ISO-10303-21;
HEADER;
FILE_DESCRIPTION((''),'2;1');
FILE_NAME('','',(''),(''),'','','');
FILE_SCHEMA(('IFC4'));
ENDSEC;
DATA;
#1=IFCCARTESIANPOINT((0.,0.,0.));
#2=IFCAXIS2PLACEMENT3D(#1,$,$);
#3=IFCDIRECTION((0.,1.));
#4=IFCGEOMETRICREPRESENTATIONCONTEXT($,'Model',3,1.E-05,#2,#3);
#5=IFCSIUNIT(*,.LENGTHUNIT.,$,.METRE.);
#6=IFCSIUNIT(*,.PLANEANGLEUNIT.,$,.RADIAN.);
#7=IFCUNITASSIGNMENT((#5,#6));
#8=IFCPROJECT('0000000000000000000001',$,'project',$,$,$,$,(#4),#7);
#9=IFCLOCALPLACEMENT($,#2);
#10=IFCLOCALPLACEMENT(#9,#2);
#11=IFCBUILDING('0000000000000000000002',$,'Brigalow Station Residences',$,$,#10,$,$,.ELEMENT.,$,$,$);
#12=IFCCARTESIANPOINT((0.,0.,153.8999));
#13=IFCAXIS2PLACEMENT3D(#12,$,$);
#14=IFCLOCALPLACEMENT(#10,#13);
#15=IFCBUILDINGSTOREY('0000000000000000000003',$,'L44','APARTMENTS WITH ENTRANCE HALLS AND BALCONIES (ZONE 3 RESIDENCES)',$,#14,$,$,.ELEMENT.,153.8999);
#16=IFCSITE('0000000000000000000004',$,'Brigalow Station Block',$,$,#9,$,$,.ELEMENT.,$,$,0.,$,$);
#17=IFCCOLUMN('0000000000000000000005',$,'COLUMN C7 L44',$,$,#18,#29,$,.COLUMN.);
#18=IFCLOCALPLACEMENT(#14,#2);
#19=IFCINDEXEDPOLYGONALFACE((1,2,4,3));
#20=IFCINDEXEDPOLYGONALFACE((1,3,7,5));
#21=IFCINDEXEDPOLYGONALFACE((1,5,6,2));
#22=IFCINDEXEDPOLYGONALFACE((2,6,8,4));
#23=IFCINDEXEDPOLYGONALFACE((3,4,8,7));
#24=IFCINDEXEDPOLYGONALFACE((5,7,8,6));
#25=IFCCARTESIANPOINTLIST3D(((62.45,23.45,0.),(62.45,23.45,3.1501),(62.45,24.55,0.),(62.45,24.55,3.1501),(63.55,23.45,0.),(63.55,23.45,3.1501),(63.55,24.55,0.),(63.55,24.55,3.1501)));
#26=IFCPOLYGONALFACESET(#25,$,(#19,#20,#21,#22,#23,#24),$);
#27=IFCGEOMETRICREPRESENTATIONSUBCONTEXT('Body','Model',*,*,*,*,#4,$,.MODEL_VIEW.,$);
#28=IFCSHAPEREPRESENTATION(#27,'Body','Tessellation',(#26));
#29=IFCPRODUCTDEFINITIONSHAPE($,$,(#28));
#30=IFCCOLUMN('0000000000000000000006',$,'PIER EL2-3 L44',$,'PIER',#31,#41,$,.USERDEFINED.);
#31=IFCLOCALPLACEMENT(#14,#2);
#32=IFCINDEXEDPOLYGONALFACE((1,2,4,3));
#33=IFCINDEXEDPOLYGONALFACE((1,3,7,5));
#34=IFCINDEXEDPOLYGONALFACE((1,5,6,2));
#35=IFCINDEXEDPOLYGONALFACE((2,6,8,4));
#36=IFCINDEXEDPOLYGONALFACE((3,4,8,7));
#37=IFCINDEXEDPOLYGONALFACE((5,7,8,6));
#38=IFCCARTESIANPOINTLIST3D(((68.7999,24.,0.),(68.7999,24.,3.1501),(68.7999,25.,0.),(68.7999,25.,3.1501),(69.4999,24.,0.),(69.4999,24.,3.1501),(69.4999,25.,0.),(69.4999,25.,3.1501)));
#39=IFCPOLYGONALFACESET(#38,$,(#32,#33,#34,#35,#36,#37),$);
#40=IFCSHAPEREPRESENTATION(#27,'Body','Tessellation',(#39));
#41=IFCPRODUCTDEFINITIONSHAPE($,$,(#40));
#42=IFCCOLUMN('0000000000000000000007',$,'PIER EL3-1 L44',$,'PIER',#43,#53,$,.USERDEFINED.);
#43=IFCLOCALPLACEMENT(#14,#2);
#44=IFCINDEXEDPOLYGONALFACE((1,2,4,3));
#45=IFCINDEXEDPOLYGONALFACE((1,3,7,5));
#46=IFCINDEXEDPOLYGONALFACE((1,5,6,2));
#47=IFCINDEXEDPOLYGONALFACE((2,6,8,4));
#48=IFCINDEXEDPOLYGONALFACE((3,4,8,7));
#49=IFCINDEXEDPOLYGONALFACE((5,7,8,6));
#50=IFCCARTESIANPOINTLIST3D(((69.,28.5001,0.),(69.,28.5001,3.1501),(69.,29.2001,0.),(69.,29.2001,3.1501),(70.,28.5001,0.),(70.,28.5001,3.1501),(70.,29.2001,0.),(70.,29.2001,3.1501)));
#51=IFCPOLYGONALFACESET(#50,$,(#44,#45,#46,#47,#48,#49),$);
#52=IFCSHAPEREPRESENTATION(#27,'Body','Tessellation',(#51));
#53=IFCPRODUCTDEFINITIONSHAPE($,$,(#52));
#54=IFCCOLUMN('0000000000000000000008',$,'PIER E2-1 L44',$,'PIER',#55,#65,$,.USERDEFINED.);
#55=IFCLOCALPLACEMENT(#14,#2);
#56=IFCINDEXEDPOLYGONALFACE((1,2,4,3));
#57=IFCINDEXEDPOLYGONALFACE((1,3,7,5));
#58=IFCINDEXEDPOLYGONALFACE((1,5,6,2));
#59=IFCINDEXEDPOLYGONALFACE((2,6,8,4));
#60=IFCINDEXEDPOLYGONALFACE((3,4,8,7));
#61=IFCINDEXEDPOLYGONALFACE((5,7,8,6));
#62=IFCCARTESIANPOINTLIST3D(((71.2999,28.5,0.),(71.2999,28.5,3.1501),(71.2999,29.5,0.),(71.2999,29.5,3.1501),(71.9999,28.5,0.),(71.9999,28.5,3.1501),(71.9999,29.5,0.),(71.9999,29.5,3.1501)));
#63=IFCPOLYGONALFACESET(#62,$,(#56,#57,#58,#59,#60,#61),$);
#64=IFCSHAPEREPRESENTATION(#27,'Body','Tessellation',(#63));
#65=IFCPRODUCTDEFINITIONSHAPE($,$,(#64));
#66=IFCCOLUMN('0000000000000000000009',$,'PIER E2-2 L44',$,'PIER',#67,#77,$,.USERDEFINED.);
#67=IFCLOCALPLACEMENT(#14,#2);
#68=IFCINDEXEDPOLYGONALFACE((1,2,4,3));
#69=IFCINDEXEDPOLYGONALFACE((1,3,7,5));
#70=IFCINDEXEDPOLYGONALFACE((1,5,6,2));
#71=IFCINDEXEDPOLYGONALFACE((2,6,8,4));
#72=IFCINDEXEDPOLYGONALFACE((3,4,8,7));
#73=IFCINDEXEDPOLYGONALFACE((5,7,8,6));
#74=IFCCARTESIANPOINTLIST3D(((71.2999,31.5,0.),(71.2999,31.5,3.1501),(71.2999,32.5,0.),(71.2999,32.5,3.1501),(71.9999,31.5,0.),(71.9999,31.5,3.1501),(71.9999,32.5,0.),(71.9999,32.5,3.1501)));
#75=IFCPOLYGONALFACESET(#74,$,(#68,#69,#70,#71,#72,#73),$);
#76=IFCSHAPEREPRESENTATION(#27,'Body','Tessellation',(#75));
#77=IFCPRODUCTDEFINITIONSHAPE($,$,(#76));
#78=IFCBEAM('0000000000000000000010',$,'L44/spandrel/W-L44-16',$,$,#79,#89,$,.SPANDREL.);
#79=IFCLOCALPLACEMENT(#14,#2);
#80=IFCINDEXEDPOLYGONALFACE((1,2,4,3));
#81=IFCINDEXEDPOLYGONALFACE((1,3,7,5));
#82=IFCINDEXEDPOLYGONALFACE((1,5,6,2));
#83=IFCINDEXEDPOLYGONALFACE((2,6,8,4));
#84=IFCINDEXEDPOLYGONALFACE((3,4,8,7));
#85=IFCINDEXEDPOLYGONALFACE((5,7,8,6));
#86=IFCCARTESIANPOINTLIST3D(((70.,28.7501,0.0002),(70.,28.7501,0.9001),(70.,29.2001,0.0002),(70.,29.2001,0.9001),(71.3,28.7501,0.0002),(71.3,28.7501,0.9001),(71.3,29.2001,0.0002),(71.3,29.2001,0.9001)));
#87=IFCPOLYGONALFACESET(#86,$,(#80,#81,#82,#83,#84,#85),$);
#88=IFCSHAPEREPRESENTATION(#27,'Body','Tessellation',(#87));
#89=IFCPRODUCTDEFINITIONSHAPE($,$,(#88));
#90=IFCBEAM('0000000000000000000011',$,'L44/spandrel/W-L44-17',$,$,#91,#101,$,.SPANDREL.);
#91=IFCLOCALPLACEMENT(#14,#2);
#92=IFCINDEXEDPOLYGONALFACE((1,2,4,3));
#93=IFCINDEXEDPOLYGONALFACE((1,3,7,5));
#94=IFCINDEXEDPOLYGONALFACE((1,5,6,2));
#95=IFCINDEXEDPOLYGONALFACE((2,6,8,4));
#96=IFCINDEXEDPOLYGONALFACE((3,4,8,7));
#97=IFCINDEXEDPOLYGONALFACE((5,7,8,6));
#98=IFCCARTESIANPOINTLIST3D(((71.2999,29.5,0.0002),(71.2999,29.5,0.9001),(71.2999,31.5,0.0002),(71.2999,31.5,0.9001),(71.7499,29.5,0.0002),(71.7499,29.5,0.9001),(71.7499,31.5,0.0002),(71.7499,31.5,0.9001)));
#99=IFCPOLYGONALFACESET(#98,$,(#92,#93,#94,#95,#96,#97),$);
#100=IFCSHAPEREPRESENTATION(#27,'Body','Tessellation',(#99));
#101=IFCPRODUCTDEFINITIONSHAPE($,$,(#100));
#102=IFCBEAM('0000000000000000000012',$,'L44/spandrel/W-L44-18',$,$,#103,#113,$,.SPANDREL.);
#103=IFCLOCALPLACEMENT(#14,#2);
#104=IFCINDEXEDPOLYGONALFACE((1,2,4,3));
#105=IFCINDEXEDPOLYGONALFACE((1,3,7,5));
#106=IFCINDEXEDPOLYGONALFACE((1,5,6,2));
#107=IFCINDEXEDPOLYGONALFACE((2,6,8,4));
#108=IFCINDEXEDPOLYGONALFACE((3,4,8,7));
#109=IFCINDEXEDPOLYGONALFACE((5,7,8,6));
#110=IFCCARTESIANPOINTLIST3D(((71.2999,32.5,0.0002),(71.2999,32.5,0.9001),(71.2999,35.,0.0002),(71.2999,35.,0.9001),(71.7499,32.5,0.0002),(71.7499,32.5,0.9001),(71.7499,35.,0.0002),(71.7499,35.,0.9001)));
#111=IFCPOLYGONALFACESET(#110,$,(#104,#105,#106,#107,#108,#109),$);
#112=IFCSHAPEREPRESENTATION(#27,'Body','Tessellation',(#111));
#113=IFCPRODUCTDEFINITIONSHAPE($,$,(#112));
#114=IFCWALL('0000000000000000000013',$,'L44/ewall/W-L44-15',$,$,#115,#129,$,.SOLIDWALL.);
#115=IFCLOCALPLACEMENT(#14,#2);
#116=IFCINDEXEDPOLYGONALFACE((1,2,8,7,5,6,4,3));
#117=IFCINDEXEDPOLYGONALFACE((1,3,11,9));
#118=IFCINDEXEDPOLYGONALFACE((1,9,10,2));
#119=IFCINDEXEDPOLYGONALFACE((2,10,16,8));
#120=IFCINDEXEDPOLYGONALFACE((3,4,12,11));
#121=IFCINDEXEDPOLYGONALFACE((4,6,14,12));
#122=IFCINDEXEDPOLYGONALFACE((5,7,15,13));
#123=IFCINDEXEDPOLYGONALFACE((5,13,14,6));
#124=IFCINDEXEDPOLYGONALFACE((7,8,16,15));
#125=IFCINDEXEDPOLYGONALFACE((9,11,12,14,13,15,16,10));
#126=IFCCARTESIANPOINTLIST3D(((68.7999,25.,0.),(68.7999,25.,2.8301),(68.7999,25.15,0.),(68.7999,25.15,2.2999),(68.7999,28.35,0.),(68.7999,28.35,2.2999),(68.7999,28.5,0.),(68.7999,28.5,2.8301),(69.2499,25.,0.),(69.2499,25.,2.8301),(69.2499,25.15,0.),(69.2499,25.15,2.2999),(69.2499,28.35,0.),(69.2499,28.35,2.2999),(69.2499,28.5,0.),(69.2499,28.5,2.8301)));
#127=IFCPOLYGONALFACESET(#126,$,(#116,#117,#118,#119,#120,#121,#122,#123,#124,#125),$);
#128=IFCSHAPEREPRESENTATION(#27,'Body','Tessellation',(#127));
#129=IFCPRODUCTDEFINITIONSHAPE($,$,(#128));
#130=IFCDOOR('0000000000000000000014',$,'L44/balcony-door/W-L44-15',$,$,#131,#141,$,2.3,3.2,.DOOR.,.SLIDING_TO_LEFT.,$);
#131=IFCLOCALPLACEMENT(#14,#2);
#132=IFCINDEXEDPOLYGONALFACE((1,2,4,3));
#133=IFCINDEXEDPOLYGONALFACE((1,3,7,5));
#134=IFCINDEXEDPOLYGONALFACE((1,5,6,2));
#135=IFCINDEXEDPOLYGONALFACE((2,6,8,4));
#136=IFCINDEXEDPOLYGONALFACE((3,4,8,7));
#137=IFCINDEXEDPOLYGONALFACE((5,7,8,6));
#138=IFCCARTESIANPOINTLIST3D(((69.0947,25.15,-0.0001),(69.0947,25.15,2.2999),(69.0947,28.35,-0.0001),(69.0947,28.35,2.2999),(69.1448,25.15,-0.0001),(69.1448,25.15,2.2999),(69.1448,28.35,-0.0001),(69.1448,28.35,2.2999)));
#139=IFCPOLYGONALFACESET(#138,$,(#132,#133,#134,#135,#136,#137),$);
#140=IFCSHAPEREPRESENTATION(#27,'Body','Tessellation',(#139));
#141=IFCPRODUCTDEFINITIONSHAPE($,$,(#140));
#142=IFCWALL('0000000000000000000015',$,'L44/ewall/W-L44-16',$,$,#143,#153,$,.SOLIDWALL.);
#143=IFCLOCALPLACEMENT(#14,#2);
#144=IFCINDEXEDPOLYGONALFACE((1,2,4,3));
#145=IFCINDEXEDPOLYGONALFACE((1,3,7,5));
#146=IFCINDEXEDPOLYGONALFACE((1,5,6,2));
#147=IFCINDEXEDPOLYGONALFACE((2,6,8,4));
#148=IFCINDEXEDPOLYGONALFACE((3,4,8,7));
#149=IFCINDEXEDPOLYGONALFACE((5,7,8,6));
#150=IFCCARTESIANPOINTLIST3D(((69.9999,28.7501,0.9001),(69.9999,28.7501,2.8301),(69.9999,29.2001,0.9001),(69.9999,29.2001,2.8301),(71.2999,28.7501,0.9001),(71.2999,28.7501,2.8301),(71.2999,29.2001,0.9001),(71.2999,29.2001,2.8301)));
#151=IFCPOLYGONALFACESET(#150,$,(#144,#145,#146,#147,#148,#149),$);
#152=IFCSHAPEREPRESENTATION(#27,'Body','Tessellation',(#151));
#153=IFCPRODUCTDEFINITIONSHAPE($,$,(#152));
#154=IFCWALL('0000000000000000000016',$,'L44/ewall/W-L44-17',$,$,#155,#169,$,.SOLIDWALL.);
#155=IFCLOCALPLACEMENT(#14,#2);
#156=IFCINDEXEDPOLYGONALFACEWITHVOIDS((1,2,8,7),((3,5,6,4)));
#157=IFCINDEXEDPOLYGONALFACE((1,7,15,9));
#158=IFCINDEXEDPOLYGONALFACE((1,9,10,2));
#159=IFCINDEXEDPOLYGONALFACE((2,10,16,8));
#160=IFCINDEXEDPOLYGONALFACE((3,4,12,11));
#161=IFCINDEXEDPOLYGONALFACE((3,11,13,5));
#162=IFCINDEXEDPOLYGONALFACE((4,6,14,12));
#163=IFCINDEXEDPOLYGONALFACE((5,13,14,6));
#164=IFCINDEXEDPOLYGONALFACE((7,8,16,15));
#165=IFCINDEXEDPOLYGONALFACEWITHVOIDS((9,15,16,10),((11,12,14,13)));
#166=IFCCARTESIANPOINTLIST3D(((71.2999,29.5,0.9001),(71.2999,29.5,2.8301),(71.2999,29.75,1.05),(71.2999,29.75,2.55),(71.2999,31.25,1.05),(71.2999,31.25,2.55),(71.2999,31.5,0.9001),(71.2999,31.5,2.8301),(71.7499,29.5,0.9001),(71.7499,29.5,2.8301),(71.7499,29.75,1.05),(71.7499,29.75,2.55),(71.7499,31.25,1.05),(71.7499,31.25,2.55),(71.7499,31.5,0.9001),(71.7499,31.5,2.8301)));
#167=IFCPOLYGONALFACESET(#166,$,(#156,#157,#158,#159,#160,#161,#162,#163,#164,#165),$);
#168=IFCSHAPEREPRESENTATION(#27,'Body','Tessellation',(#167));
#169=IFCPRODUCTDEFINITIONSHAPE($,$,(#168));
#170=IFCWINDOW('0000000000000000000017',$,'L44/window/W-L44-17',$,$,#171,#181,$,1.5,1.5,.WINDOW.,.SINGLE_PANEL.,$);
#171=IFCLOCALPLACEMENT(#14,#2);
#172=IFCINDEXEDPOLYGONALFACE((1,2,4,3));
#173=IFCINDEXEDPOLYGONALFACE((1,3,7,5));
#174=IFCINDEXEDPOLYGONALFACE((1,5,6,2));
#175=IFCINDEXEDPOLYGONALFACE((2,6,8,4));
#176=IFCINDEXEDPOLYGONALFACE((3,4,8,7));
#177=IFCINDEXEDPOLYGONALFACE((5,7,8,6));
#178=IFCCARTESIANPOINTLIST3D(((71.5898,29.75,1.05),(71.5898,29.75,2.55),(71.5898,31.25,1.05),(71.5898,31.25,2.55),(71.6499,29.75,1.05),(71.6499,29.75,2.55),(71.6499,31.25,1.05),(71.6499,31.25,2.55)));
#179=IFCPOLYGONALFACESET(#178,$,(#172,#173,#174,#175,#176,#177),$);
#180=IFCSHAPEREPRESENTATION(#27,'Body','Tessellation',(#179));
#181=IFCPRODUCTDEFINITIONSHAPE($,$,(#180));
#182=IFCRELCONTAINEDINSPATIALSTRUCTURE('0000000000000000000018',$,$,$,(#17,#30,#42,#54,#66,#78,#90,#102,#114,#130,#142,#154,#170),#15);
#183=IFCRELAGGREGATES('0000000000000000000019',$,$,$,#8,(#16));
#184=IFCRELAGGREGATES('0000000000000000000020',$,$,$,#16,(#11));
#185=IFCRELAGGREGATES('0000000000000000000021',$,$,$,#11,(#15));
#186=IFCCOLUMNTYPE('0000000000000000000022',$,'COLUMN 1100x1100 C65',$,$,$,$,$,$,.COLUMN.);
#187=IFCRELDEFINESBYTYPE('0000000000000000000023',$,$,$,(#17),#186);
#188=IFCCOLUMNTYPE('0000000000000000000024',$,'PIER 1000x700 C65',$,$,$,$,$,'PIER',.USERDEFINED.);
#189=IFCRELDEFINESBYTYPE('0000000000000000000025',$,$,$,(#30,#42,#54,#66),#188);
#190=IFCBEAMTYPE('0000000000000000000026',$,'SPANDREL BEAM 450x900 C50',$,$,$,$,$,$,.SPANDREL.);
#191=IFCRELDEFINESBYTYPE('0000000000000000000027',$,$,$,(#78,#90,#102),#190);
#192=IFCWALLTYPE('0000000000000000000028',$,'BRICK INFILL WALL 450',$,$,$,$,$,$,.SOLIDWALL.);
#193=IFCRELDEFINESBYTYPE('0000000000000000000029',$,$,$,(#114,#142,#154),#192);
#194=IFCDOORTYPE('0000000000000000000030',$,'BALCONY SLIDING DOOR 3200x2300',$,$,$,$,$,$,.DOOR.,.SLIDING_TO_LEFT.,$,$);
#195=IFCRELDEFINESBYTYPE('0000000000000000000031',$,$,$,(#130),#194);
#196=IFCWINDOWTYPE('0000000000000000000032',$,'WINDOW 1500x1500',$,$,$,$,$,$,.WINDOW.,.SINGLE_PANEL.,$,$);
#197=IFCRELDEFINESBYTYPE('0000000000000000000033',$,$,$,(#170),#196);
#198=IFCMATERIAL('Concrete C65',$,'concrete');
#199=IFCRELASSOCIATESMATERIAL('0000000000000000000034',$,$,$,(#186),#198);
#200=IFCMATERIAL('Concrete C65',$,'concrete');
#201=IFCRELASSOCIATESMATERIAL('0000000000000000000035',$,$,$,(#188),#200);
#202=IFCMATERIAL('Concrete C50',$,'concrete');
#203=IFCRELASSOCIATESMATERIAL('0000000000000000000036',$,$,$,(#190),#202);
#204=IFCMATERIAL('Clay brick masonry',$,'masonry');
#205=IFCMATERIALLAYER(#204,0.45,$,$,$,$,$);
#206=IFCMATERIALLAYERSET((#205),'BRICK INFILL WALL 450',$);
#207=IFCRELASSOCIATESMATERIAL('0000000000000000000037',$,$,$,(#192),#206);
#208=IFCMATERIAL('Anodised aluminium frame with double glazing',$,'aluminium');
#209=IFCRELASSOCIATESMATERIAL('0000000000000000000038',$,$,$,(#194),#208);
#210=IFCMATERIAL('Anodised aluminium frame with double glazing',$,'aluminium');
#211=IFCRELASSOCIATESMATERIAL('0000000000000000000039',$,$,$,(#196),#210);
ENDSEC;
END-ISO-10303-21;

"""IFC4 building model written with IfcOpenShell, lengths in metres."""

from ifc_helpers import new_model, si_unit, direction, frame, frame_2d, origin, origin_2d, place, context, subcontext, project, spatial, rectangle, extrude, material, layer, layer_set, material_profile, profile_set, type_object, element, fill, save


model = new_model("IFC4")

# Units and contexts
model_context = context("Model", 3, precision=1e-05, world=origin(), true_north=direction((0.0, 1.0)))
body_context = subcontext(model_context, "Body", "Model", "MODEL_VIEW")
ifc_project = project(units=[si_unit("LENGTHUNIT", "METRE"), si_unit("PLANEANGLEUNIT", "RADIAN")], contexts=[model_context])

# Site, building, storey
site_placement = place(None, origin())
site = spatial("IfcSite", under=ifc_project, at=site_placement, Name="Brigalow Station Block", CompositionType="ELEMENT", RefElevation=0.0)
building_placement = place(site_placement, origin())
building = spatial("IfcBuilding", under=site, at=building_placement, Name="Brigalow Station Residences", CompositionType="ELEMENT")
storey_placement = place(building_placement, frame((0.0, 0.0, 153.8999)))
storey = spatial("IfcBuildingStorey", under=building, at=storey_placement, Name="L44", Description="APARTMENTS WITH ENTRANCE HALLS AND BALCONIES (ZONE 3 RESIDENCES)", CompositionType="ELEMENT", Elevation=153.8999)

# Columns
ifc_material_1 = material(Name="Concrete C65", Category="concrete")
ifc_material_profile_1 = material_profile(ifc_material_1, rectangle(XDim=1.1001, YDim=1.1001, at=origin_2d()), Name="RC1100x1100")
ifc_profile_set_1 = profile_set([ifc_material_profile_1], Name="Concrete C65")
column_type_1 = type_object("IfcColumnType", Name="COLUMN 1100x1100 C65", PredefinedType="COLUMN", material=ifc_profile_set_1)
column_placement = place(storey_placement, frame((63.0, 24.0, 0.0), z_axis=(0.0, 0.0, 1.0), x_axis=(1.0, 0.0, 0.0)))
element("IfcColumn", 1, at=column_placement, inside=storey, type_object=column_type_1, Name="COLUMN C7 L44", PredefinedType="COLUMN", context=body_context, shape_type="SweptSolid", body=[
    extrude(rectangle(XDim=1.1001, YDim=1.1001, at=origin_2d()), origin(), (0.0, 0.0, 1.0), 3.1501),
])
ifc_material_2 = material(Name="Concrete C65", Category="concrete")
ifc_material_profile_2 = material_profile(ifc_material_2, rectangle(XDim=1.0, YDim=0.7, at=origin_2d()), Name="RC1000x700")
ifc_profile_set_2 = profile_set([ifc_material_profile_2], Name="Concrete C65")
column_type_2 = type_object("IfcColumnType", Name="PIER 1000x700 C65", ElementType="PIER", PredefinedType="USERDEFINED", material=ifc_profile_set_2)
for number, where, z_axis, x_axis, name in (
    (2, (69.1499, 24.5, 0.0), (0.0, 0.0, 1.0), (0.0, 1.0, 0.0), "PIER EL2-3 L44"),
    (3, (69.5, 28.8501, 0.0), (0.0, 0.0, 1.0), (1.0, 0.0, 0.0), "PIER EL3-1 L44"),
    (4, (71.6499, 29.0, 0.0), (0.0, 0.0, 1.0), (0.0, 1.0, 0.0), "PIER E2-1 L44"),
    (5, (71.6499, 32.0, 0.0), (0.0, 0.0, 1.0), (0.0, 1.0, 0.0), "PIER E2-2 L44"),
):
    element("IfcColumn", number, at=place(storey_placement, frame(where, z_axis=z_axis, x_axis=x_axis)), inside=storey, type_object=column_type_2, Name=name, ObjectType="PIER", PredefinedType="USERDEFINED", context=body_context, shape_type="SweptSolid", body=[
        extrude(rectangle(XDim=1.0, YDim=0.7, at=origin_2d()), origin(), (0.0, 0.0, 1.0), 3.1501),
    ])

# Beams
ifc_material_3 = material(Name="Concrete C50", Category="concrete")
ifc_material_profile_3 = material_profile(ifc_material_3, rectangle(XDim=0.45, YDim=0.8999, at=origin_2d()), Name="RC450x900")
ifc_profile_set_3 = profile_set([ifc_material_profile_3], Name="Concrete C50")
beam_type = type_object("IfcBeamType", Name="SPANDREL BEAM 450x900 C50", PredefinedType="SPANDREL", material=ifc_profile_set_3)
beam_1_placement = place(storey_placement, frame((70.0, 28.9751, 0.4502), z_axis=(1.0, 0.0, 0.0), x_axis=(0.0, 1.0, 0.0)))
element("IfcBeam", 6, at=beam_1_placement, inside=storey, type_object=beam_type, Name="L44/spandrel/W-L44-16", PredefinedType="SPANDREL", context=body_context, shape_type="SweptSolid", body=[
    extrude(rectangle(XDim=0.45, YDim=0.8999, at=origin_2d()), origin(), (0.0, 0.0, 1.0), 1.3),
])
beam_2_placement = place(storey_placement, frame((71.5249, 29.5, 0.4502), z_axis=(0.0, 1.0, 0.0), x_axis=(-1.0, 0.0, 0.0)))
element("IfcBeam", 7, at=beam_2_placement, inside=storey, type_object=beam_type, Name="L44/spandrel/W-L44-17", PredefinedType="SPANDREL", context=body_context, shape_type="SweptSolid", body=[
    extrude(rectangle(XDim=0.45, YDim=0.8999, at=origin_2d()), origin(), (0.0, 0.0, 1.0), 2.0),
])
beam_3_placement = place(storey_placement, frame((71.5249, 32.5, 0.4502), z_axis=(0.0, 1.0, 0.0), x_axis=(-1.0, 0.0, 0.0)))
element("IfcBeam", 8, at=beam_3_placement, inside=storey, type_object=beam_type, Name="L44/spandrel/W-L44-18", PredefinedType="SPANDREL", context=body_context, shape_type="SweptSolid", body=[
    extrude(rectangle(XDim=0.45, YDim=0.8999, at=origin_2d()), origin(), (0.0, 0.0, 1.0), 2.5),
])

# Wall, opening, door
ifc_material_4 = material(Name="Clay brick masonry", Category="masonry")
ifc_layer_1 = layer(ifc_material_4, 0.45)
ifc_layer_set_1 = layer_set([ifc_layer_1], Name="BRICK INFILL WALL 450")
wall_type_1 = type_object("IfcWallType", Name="BRICK INFILL WALL 450", PredefinedType="SOLIDWALL", material=ifc_layer_set_1)
wall_1_placement = place(storey_placement, frame((69.0249, 25.0, 0.0), z_axis=(0.0, 0.0, 1.0), x_axis=(0.0, 1.0, 0.0)))
wall_1 = element("IfcWall", 9, at=wall_1_placement, inside=storey, type_object=wall_type_1, Name="L44/ewall/W-L44-15", PredefinedType="SOLIDWALL", context=body_context, shape_type="SweptSolid", body=[
    extrude(rectangle(XDim=3.5, YDim=0.45, at=frame_2d((1.75, 0.0))), origin(), (0.0, 0.0, 1.0), 2.8301),
])
opening_1_placement = place(wall_1_placement, frame((0.1499, 0.0, 0.0)))
opening_1 = element("IfcOpeningElement", 10, at=opening_1_placement, cuts=wall_1, PredefinedType="OPENING", context=body_context, shape_type="SweptSolid", body=[
    extrude(rectangle(XDim=3.2, YDim=2.3, at=frame_2d((1.6001, 1.1499))), frame((0.0, 0.2349, 0.0), z_axis=(0.0, -1.0, 0.0), x_axis=(1.0, 0.0, 0.0)), (0.0, 0.0, 1.0), 0.47),
])
ifc_material_5 = material(Name="Anodised aluminium frame with double glazing", Category="aluminium")
door_type_1 = type_object("IfcDoorType", Name="BALCONY SLIDING DOOR 3200x2300", OperationType="SLIDING_TO_LEFT", PredefinedType="DOOR", material=ifc_material_5)
door_1_placement = place(opening_1_placement, origin())
door_1 = element("IfcDoor", 11, at=door_1_placement, inside=storey, type_object=door_type_1, Name="L44/balcony-door/W-L44-15", OperationType="SLIDING_TO_LEFT", OverallHeight=2.3, OverallWidth=3.2, PredefinedType="DOOR", context=body_context, shape_type="SweptSolid", body=[
    extrude(rectangle(XDim=3.2, YDim=2.3, at=frame_2d((1.6001, 1.1499))), frame((0.0, -0.0698, 0.0), z_axis=(0.0, -1.0, 0.0), x_axis=(1.0, 0.0, 0.0)), (0.0, 0.0, 1.0), 0.05),
])
fill(opening_1, door_1)

# Wall
wall_2_placement = place(storey_placement, frame((70.0, 28.9751, 0.9001), z_axis=(0.0, 0.0, 1.0), x_axis=(1.0, 0.0, 0.0)))
element("IfcWall", 12, at=wall_2_placement, inside=storey, type_object=wall_type_1, Name="L44/ewall/W-L44-16", PredefinedType="SOLIDWALL", context=body_context, shape_type="SweptSolid", body=[
    extrude(rectangle(XDim=1.3, YDim=0.45, at=frame_2d((0.6499, 0.0))), origin(), (0.0, 0.0, 1.0), 1.9299),
])

# Wall, opening, window
wall_3_placement = place(storey_placement, frame((71.5249, 29.5, 0.9001), z_axis=(0.0, 0.0, 1.0), x_axis=(0.0, 1.0, 0.0)))
wall_3 = element("IfcWall", 13, at=wall_3_placement, inside=storey, type_object=wall_type_1, Name="L44/ewall/W-L44-17", PredefinedType="SOLIDWALL", context=body_context, shape_type="SweptSolid", body=[
    extrude(rectangle(XDim=2.0, YDim=0.45, at=frame_2d((1.0, 0.0))), origin(), (0.0, 0.0, 1.0), 1.9299),
])
opening_2_placement = place(wall_3_placement, frame((0.25, 0.0, 0.1499)))
opening_2 = element("IfcOpeningElement", 14, at=opening_2_placement, cuts=wall_3, PredefinedType="OPENING", context=body_context, shape_type="SweptSolid", body=[
    extrude(rectangle(XDim=1.5, YDim=1.5, at=frame_2d((0.75, 0.75))), frame((0.0, 0.2349, 0.0), z_axis=(0.0, -1.0, 0.0), x_axis=(1.0, 0.0, 0.0)), (0.0, 0.0, 1.0), 0.47),
])
ifc_material_6 = material(Name="Anodised aluminium frame with double glazing", Category="aluminium")
window_type_1 = type_object("IfcWindowType", Name="WINDOW 1500x1500", PartitioningType="SINGLE_PANEL", PredefinedType="WINDOW", material=ifc_material_6)
window_1_placement = place(opening_2_placement, origin())
window_1 = element("IfcWindow", 15, at=window_1_placement, inside=storey, type_object=window_type_1, Name="L44/window/W-L44-17", OverallHeight=1.5, OverallWidth=1.5, PartitioningType="SINGLE_PANEL", PredefinedType="WINDOW", context=body_context, shape_type="SweptSolid", body=[
    extrude(rectangle(XDim=1.5, YDim=1.5, at=frame_2d((0.75, 0.75))), frame((0.0, -0.0649, 0.0), z_axis=(0.0, -1.0, 0.0), x_axis=(1.0, 0.0, 0.0)), (0.0, 0.0, 1.0), 0.0601),
])
fill(opening_2, window_1)

save(model, "model.ifc")
